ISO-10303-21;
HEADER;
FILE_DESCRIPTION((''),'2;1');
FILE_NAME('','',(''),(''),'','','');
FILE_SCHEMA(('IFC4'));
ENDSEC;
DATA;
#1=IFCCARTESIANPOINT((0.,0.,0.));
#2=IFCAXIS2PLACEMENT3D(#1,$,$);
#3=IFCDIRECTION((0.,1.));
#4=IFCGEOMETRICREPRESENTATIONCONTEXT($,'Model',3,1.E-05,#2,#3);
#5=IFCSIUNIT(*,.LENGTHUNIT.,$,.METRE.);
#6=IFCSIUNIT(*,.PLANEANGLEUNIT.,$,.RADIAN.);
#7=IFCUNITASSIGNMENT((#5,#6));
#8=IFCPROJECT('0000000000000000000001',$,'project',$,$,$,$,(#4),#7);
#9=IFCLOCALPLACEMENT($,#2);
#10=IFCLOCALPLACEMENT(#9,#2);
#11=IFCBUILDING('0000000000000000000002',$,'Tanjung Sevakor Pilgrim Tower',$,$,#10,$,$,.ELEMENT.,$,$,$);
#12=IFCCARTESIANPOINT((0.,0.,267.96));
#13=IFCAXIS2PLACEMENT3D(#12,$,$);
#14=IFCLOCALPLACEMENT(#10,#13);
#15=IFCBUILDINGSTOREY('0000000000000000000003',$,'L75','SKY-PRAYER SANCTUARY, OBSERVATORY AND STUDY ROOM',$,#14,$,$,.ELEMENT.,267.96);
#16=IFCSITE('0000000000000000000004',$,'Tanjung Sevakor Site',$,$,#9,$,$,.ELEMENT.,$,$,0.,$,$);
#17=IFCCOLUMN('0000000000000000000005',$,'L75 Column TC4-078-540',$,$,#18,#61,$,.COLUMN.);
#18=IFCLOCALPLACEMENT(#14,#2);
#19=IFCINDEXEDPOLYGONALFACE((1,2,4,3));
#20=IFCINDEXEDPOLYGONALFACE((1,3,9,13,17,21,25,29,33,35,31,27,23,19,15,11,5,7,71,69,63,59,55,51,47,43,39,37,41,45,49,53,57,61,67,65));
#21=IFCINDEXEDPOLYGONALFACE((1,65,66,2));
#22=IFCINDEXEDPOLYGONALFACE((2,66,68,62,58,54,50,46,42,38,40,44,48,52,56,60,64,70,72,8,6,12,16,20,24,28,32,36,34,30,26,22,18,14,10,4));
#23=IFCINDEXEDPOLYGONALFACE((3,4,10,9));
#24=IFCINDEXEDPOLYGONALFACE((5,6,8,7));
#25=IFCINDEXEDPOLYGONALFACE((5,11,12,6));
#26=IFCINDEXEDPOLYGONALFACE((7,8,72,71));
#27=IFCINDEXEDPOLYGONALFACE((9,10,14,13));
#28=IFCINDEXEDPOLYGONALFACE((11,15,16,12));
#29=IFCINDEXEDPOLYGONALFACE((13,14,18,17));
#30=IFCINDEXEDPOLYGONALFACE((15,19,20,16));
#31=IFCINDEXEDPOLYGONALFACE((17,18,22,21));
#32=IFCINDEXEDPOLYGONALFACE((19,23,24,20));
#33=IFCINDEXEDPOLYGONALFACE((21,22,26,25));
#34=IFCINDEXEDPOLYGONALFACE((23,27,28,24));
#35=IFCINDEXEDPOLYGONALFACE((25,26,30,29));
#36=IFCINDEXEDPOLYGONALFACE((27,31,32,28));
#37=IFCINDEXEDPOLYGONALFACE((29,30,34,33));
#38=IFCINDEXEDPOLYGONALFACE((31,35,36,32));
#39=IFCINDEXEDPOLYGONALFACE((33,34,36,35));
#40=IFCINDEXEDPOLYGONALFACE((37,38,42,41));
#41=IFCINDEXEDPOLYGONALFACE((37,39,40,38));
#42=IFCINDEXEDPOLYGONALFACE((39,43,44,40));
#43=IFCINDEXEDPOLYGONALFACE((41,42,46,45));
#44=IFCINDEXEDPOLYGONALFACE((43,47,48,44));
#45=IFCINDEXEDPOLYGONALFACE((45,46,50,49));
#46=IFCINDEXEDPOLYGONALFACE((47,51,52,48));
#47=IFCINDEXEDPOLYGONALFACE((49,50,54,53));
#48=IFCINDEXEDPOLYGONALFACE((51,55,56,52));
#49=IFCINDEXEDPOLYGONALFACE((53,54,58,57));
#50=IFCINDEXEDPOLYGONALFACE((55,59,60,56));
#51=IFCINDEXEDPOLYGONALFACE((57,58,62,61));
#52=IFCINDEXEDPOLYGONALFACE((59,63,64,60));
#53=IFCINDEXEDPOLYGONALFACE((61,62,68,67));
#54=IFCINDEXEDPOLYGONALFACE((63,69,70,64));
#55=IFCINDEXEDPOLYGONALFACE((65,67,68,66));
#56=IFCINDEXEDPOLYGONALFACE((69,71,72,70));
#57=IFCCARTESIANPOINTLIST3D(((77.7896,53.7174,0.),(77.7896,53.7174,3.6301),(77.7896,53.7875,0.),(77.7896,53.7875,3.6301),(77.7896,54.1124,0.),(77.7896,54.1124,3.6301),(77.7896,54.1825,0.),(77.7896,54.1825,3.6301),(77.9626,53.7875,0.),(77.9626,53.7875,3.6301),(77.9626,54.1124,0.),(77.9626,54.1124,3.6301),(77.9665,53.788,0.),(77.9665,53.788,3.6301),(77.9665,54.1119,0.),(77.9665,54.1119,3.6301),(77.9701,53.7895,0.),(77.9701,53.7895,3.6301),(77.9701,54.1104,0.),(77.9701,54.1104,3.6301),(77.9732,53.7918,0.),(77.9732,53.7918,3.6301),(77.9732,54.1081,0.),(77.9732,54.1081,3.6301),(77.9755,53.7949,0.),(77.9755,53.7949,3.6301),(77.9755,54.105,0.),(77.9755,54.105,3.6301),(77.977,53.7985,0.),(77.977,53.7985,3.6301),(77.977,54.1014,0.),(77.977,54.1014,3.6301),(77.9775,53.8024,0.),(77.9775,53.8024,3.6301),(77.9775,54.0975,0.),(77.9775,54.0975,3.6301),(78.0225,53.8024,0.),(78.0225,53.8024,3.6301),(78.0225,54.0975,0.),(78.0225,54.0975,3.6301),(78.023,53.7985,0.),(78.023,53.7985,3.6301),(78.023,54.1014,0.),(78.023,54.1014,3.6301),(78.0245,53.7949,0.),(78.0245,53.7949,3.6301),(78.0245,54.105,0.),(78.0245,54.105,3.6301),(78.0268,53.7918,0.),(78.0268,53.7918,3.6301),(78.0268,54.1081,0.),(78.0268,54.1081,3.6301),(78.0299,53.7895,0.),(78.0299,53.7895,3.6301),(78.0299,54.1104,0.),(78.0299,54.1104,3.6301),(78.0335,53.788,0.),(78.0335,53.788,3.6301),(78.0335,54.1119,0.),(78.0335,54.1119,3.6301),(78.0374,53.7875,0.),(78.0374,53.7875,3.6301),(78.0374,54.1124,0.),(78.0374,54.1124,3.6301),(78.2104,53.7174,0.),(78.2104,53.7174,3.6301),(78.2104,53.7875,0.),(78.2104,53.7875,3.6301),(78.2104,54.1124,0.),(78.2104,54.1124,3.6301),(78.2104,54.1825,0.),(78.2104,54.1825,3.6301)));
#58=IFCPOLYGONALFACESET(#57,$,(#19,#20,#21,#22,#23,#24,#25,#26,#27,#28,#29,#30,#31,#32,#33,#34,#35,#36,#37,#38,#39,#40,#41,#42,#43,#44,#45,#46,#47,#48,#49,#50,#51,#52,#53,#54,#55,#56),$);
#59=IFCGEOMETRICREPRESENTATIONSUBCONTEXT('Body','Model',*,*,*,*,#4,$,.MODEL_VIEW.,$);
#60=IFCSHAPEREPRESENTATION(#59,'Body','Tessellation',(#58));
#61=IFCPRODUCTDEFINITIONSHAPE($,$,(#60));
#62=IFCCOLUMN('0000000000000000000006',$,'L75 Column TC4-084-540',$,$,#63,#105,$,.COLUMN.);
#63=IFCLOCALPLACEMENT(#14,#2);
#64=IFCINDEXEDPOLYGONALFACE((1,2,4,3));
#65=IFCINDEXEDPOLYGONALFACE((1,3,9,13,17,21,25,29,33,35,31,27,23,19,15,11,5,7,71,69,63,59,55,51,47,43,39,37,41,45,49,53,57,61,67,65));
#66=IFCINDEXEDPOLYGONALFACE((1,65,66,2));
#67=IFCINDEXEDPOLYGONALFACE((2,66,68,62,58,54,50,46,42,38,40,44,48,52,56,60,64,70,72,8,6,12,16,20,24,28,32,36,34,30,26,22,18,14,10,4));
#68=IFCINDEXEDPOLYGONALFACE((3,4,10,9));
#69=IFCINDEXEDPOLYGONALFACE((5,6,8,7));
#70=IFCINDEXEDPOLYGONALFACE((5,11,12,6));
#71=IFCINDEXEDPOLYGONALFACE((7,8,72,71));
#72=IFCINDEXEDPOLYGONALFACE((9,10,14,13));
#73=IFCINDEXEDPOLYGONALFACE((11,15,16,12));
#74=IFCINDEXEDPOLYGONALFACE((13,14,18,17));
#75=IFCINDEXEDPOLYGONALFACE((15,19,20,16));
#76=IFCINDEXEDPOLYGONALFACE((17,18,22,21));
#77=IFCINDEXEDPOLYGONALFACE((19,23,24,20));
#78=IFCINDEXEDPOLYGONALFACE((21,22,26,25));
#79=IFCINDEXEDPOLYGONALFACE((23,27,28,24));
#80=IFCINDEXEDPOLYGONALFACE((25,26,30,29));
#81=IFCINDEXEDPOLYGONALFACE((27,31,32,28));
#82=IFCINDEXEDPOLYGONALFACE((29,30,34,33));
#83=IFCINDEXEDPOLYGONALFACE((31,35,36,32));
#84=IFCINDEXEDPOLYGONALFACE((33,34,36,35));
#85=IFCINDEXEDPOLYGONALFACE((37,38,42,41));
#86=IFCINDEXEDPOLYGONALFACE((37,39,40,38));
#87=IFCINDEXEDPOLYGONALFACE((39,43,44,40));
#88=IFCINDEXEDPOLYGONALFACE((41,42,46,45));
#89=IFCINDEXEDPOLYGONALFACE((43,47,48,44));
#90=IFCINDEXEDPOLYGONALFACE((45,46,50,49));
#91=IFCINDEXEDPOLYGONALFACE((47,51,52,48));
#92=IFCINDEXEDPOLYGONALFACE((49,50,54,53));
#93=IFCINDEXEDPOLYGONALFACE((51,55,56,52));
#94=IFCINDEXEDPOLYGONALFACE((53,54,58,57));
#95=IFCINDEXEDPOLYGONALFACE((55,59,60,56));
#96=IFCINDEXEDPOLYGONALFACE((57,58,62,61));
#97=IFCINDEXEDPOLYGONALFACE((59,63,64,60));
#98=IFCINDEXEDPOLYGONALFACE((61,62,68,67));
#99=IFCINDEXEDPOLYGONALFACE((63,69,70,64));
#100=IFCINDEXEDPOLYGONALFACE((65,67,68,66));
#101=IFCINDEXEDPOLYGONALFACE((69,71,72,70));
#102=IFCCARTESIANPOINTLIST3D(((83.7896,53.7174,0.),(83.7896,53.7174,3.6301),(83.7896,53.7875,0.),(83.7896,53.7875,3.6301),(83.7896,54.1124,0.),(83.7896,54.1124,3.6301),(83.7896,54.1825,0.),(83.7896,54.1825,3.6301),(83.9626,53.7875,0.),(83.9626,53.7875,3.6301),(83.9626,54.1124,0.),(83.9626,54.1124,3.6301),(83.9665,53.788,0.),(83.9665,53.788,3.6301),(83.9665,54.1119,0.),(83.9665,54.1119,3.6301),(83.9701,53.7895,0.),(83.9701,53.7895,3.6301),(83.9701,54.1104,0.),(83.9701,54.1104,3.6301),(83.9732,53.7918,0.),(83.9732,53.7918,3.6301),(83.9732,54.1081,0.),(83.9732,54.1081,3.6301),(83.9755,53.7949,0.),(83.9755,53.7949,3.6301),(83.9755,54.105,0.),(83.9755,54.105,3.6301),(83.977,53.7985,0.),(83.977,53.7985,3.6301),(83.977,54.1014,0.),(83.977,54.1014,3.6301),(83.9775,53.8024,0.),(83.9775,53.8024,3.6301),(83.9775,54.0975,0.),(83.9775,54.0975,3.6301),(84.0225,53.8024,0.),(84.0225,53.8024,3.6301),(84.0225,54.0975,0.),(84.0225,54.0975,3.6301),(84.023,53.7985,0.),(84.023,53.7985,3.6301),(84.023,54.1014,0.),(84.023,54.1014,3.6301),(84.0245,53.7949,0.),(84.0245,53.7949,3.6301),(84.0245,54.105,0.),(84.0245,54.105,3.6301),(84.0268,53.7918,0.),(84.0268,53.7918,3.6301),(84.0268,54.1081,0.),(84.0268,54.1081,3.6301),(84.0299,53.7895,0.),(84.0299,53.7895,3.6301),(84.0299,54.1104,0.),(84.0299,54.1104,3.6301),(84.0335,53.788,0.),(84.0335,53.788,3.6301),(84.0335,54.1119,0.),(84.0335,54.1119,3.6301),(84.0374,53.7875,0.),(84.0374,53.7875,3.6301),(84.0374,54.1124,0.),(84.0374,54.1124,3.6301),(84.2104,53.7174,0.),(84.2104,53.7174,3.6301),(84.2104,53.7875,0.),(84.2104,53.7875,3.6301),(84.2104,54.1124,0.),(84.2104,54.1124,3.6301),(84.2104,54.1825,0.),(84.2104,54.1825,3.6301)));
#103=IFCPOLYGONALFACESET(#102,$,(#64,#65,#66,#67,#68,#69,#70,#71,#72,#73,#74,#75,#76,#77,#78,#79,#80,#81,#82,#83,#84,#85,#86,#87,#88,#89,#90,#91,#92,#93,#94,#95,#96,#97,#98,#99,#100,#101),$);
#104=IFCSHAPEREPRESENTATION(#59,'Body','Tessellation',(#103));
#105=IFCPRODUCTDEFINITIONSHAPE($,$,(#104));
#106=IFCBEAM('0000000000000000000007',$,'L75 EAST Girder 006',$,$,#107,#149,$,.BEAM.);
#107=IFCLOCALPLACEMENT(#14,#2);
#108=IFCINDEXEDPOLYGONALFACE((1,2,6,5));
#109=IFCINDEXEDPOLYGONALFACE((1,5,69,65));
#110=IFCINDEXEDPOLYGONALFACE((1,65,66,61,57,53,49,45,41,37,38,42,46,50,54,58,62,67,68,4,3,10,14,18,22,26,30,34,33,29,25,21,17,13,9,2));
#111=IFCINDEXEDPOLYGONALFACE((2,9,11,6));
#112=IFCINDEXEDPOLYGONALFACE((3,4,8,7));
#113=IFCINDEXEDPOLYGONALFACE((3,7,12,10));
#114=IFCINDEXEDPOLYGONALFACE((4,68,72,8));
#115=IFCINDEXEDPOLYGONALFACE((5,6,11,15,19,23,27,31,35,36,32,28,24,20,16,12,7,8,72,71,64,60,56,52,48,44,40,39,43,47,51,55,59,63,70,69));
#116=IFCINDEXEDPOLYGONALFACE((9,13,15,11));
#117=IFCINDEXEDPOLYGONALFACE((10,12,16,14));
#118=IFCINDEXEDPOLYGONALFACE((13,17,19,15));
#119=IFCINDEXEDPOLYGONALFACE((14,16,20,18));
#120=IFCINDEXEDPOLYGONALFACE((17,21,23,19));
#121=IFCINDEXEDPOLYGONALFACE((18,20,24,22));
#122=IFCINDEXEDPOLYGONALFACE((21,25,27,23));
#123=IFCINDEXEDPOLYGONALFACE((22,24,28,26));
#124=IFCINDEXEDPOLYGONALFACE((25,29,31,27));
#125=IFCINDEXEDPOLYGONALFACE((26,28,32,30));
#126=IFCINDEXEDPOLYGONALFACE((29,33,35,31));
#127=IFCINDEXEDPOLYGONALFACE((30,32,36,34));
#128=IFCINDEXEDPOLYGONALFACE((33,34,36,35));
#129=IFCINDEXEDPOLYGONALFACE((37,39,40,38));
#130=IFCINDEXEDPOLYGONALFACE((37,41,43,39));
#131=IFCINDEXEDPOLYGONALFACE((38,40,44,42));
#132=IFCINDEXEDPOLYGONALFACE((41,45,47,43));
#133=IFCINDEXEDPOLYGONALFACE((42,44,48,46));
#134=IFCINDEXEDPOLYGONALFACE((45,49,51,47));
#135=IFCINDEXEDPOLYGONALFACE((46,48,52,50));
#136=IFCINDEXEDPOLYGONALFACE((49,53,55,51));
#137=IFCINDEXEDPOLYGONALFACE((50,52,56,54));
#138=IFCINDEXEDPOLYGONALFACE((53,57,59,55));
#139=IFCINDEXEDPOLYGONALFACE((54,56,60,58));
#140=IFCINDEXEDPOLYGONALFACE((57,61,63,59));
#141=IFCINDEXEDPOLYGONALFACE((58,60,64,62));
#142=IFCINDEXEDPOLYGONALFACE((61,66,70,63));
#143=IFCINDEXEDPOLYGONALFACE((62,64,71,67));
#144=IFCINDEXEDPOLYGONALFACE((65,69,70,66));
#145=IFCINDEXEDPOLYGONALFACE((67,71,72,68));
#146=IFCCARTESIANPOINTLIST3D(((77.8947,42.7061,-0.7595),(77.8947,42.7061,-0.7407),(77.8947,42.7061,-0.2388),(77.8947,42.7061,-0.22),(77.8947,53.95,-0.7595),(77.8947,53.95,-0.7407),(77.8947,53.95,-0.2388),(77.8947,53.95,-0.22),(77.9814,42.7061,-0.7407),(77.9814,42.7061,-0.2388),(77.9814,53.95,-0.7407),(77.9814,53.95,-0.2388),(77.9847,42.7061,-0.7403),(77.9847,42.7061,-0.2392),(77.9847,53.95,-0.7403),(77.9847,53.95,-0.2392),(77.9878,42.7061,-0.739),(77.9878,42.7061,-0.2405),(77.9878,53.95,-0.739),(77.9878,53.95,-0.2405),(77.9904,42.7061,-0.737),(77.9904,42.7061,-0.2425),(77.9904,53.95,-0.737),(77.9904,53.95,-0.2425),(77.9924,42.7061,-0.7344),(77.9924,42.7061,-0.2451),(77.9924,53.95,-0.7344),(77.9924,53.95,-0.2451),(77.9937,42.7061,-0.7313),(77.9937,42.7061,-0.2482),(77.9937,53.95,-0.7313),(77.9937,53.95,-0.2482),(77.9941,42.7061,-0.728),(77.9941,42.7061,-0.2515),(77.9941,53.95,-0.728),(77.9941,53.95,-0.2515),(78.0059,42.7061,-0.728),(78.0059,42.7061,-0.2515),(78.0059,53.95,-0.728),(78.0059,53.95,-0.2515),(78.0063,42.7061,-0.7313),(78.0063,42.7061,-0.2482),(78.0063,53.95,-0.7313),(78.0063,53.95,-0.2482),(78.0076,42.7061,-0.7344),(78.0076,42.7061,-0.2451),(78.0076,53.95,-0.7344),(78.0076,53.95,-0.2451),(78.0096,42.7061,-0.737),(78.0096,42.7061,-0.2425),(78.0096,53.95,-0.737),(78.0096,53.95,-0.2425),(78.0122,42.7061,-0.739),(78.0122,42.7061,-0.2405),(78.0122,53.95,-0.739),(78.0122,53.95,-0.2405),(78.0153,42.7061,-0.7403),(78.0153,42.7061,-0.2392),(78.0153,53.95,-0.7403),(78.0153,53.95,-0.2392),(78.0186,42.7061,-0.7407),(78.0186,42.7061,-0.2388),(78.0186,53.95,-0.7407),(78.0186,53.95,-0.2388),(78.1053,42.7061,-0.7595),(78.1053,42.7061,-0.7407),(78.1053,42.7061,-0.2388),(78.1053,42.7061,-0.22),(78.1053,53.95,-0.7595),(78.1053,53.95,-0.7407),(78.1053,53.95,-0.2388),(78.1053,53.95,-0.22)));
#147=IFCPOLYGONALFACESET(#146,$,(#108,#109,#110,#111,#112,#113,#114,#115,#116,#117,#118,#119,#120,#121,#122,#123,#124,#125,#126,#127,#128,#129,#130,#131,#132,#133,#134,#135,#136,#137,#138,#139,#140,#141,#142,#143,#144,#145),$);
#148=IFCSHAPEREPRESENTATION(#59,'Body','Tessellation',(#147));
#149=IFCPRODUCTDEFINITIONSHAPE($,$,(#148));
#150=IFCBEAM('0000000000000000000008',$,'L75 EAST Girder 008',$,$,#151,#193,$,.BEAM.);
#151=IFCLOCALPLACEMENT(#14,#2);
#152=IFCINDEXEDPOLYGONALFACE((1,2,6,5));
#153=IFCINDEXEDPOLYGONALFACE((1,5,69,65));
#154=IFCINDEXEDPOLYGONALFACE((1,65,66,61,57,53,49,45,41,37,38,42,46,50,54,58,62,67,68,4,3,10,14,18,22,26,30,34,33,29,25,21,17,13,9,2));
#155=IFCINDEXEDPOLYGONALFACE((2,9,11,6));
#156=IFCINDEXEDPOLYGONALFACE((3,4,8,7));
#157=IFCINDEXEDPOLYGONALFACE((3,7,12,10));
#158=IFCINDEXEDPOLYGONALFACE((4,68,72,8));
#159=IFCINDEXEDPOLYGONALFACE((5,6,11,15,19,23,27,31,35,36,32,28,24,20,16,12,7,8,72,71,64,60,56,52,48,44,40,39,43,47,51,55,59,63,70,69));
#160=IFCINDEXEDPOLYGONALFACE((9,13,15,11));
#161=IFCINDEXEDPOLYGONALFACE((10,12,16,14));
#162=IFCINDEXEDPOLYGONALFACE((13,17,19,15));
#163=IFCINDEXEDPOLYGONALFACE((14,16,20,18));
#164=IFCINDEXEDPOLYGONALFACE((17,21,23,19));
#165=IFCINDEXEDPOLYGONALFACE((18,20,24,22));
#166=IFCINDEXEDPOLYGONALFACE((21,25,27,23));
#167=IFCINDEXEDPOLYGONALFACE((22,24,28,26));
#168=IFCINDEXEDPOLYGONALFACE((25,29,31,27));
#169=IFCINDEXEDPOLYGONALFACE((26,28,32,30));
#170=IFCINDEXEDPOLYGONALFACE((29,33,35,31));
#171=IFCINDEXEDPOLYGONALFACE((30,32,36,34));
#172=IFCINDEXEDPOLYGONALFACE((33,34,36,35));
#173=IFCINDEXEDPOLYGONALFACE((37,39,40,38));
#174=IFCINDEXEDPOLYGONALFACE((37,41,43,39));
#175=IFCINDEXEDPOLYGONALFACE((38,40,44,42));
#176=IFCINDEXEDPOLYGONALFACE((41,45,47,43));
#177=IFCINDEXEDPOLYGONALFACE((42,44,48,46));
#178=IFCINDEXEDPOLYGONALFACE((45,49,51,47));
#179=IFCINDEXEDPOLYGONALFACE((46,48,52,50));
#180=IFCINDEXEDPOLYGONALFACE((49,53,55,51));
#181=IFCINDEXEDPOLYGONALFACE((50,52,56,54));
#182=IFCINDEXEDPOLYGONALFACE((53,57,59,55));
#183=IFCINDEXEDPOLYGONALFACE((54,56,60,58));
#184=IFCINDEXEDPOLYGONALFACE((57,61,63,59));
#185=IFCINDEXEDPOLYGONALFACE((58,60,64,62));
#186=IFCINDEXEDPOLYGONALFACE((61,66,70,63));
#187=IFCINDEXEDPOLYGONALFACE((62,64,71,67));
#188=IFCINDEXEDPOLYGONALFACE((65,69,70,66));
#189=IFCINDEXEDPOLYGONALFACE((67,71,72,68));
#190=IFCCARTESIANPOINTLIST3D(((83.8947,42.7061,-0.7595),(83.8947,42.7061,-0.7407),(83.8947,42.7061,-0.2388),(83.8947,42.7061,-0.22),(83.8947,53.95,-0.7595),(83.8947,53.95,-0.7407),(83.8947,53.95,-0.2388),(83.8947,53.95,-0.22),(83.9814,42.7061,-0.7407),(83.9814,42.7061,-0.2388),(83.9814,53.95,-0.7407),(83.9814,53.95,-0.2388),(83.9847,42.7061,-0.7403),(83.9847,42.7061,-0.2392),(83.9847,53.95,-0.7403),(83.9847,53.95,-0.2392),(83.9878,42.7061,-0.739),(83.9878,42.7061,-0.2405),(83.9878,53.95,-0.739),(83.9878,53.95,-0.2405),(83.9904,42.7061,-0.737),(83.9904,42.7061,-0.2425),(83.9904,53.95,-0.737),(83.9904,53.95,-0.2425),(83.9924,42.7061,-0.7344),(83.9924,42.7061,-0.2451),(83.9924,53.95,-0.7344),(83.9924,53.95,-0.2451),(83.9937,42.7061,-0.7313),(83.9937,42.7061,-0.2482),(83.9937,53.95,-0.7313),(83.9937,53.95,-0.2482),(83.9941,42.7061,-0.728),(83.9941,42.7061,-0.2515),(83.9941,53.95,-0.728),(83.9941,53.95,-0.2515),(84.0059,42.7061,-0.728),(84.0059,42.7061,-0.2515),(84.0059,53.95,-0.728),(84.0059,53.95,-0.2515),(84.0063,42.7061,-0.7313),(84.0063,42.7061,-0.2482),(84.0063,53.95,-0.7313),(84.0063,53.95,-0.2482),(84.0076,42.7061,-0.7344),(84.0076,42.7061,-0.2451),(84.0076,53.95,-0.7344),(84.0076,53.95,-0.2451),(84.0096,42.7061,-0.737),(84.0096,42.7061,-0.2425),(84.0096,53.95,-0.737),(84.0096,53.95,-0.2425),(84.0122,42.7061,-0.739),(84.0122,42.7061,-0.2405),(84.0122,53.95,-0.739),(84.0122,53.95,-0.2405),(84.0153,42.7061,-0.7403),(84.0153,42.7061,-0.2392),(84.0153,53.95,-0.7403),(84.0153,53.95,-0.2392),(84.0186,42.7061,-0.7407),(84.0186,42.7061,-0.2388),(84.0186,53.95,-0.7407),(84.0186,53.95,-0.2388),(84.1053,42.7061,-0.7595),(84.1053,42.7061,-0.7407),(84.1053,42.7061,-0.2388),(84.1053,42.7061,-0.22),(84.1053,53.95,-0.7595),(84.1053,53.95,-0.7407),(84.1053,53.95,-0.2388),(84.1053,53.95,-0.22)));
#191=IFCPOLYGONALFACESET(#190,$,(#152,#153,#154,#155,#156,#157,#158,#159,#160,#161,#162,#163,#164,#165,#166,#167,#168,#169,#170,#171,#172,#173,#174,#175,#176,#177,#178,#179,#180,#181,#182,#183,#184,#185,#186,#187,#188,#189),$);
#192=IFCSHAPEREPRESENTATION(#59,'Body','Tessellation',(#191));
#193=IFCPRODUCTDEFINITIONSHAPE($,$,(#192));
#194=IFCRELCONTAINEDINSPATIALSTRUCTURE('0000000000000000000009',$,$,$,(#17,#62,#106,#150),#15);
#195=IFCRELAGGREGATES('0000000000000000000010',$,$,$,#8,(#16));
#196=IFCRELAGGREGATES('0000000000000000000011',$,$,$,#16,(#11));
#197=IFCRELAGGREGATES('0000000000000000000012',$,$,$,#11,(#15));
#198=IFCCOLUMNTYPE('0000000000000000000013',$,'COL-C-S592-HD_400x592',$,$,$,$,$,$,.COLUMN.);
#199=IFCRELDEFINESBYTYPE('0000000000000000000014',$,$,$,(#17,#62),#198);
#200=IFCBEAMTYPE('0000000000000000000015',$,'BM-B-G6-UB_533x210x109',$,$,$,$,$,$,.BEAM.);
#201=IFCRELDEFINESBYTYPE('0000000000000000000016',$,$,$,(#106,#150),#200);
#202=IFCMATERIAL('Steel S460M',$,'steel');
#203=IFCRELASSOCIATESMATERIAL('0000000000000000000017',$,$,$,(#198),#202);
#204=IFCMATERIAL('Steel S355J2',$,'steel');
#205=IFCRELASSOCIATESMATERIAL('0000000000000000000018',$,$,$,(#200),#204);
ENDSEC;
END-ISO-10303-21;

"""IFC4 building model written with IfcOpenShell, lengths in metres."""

from ifc_helpers import new_model, si_unit, direction, frame, origin, origin_2d, place, context, subcontext, project, spatial, i_section, extrude, material, material_profile, profile_set, type_object, element, save


model = new_model("IFC4")

# Units and contexts
model_context = context("Model", 3, precision=1e-05, world=origin(), true_north=direction((0.0, 1.0)))
body_context = subcontext(model_context, "Body", "Model", "MODEL_VIEW")
ifc_project = project(units=[si_unit("LENGTHUNIT", "METRE"), si_unit("PLANEANGLEUNIT", "RADIAN")], contexts=[model_context])

# Site, building, storey
site_placement = place(None, origin())
site = spatial("IfcSite", under=ifc_project, at=site_placement, Name="Tanjung Sevakor Site", CompositionType="ELEMENT", RefElevation=0.0)
building_placement = place(site_placement, origin())
building = spatial("IfcBuilding", under=site, at=building_placement, Name="Tanjung Sevakor Pilgrim Tower", CompositionType="ELEMENT")
storey_placement = place(building_placement, frame((0.0, 0.0, 267.96)))
storey = spatial("IfcBuildingStorey", under=building, at=storey_placement, Name="L75", Description="SKY-PRAYER SANCTUARY, OBSERVATORY AND STUDY ROOM", CompositionType="ELEMENT", Elevation=267.96)

# Columns
ifc_material_1 = material(Name="Steel S460M", Category="steel")
ifc_material_profile_1 = material_profile(ifc_material_1, i_section(OverallWidth=0.4209, OverallDepth=0.4651, WebThickness=0.0449, FlangeThickness=0.0701, FilletRadius=0.0149, at=origin_2d()))
ifc_profile_set_1 = profile_set([ifc_material_profile_1], Name="Steel S460M")
column_type = type_object("IfcColumnType", Name="COL-C-S592-HD_400x592", PredefinedType="COLUMN", material=ifc_profile_set_1)
for number, where, z_axis, x_axis, name in (
    (1, (78.0, 53.95, 0.0), (0.0, 0.0, 1.0), (1.0, 0.0, 0.0), "L75 Column TC4-078-540"),
    (2, (84.0, 53.95, 0.0), (0.0, 0.0, 1.0), (1.0, 0.0, 0.0), "L75 Column TC4-084-540"),
):
    element("IfcColumn", number, at=place(storey_placement, frame(where, z_axis=z_axis, x_axis=x_axis)), inside=storey, type_object=column_type, Name=name, PredefinedType="COLUMN", context=body_context, shape_type="SweptSolid", body=[
        extrude(i_section(OverallWidth=0.4209, OverallDepth=0.4651, WebThickness=0.0449, FlangeThickness=0.0701, FilletRadius=0.0149, at=origin_2d()), origin(), (0.0, 0.0, 1.0), 3.6301),
    ])

# Beams
ifc_material_2 = material(Name="Steel S355J2", Category="steel")
ifc_material_profile_2 = material_profile(ifc_material_2, i_section(OverallWidth=0.2107, OverallDepth=0.5396, WebThickness=0.0117, FlangeThickness=0.0188, FilletRadius=0.0127, at=origin_2d()))
ifc_profile_set_2 = profile_set([ifc_material_profile_2], Name="Steel S355J2")
beam_type_1 = type_object("IfcBeamType", Name="BM-B-G6-UB_533x210x109", PredefinedType="BEAM", material=ifc_profile_set_2)
for number, where, z_axis, x_axis, name in (
    (3, (78.0, 42.7061, -0.4897), (0.0, 1.0, 0.0), (-1.0, 0.0, 0.0), "L75 EAST Girder 006"),
    (4, (84.0, 42.7061, -0.4897), (0.0, 1.0, 0.0), (-1.0, 0.0, 0.0), "L75 EAST Girder 008"),
):
    element("IfcBeam", number, at=place(storey_placement, frame(where, z_axis=z_axis, x_axis=x_axis)), inside=storey, type_object=beam_type_1, Name=name, PredefinedType="BEAM", context=body_context, shape_type="SweptSolid", body=[
        extrude(i_section(OverallWidth=0.2107, OverallDepth=0.5396, WebThickness=0.0117, FlangeThickness=0.0188, FilletRadius=0.0127, at=origin_2d()), origin(), (0.0, 0.0, 1.0), 11.2439),
    ])

save(model, "model.ifc")
